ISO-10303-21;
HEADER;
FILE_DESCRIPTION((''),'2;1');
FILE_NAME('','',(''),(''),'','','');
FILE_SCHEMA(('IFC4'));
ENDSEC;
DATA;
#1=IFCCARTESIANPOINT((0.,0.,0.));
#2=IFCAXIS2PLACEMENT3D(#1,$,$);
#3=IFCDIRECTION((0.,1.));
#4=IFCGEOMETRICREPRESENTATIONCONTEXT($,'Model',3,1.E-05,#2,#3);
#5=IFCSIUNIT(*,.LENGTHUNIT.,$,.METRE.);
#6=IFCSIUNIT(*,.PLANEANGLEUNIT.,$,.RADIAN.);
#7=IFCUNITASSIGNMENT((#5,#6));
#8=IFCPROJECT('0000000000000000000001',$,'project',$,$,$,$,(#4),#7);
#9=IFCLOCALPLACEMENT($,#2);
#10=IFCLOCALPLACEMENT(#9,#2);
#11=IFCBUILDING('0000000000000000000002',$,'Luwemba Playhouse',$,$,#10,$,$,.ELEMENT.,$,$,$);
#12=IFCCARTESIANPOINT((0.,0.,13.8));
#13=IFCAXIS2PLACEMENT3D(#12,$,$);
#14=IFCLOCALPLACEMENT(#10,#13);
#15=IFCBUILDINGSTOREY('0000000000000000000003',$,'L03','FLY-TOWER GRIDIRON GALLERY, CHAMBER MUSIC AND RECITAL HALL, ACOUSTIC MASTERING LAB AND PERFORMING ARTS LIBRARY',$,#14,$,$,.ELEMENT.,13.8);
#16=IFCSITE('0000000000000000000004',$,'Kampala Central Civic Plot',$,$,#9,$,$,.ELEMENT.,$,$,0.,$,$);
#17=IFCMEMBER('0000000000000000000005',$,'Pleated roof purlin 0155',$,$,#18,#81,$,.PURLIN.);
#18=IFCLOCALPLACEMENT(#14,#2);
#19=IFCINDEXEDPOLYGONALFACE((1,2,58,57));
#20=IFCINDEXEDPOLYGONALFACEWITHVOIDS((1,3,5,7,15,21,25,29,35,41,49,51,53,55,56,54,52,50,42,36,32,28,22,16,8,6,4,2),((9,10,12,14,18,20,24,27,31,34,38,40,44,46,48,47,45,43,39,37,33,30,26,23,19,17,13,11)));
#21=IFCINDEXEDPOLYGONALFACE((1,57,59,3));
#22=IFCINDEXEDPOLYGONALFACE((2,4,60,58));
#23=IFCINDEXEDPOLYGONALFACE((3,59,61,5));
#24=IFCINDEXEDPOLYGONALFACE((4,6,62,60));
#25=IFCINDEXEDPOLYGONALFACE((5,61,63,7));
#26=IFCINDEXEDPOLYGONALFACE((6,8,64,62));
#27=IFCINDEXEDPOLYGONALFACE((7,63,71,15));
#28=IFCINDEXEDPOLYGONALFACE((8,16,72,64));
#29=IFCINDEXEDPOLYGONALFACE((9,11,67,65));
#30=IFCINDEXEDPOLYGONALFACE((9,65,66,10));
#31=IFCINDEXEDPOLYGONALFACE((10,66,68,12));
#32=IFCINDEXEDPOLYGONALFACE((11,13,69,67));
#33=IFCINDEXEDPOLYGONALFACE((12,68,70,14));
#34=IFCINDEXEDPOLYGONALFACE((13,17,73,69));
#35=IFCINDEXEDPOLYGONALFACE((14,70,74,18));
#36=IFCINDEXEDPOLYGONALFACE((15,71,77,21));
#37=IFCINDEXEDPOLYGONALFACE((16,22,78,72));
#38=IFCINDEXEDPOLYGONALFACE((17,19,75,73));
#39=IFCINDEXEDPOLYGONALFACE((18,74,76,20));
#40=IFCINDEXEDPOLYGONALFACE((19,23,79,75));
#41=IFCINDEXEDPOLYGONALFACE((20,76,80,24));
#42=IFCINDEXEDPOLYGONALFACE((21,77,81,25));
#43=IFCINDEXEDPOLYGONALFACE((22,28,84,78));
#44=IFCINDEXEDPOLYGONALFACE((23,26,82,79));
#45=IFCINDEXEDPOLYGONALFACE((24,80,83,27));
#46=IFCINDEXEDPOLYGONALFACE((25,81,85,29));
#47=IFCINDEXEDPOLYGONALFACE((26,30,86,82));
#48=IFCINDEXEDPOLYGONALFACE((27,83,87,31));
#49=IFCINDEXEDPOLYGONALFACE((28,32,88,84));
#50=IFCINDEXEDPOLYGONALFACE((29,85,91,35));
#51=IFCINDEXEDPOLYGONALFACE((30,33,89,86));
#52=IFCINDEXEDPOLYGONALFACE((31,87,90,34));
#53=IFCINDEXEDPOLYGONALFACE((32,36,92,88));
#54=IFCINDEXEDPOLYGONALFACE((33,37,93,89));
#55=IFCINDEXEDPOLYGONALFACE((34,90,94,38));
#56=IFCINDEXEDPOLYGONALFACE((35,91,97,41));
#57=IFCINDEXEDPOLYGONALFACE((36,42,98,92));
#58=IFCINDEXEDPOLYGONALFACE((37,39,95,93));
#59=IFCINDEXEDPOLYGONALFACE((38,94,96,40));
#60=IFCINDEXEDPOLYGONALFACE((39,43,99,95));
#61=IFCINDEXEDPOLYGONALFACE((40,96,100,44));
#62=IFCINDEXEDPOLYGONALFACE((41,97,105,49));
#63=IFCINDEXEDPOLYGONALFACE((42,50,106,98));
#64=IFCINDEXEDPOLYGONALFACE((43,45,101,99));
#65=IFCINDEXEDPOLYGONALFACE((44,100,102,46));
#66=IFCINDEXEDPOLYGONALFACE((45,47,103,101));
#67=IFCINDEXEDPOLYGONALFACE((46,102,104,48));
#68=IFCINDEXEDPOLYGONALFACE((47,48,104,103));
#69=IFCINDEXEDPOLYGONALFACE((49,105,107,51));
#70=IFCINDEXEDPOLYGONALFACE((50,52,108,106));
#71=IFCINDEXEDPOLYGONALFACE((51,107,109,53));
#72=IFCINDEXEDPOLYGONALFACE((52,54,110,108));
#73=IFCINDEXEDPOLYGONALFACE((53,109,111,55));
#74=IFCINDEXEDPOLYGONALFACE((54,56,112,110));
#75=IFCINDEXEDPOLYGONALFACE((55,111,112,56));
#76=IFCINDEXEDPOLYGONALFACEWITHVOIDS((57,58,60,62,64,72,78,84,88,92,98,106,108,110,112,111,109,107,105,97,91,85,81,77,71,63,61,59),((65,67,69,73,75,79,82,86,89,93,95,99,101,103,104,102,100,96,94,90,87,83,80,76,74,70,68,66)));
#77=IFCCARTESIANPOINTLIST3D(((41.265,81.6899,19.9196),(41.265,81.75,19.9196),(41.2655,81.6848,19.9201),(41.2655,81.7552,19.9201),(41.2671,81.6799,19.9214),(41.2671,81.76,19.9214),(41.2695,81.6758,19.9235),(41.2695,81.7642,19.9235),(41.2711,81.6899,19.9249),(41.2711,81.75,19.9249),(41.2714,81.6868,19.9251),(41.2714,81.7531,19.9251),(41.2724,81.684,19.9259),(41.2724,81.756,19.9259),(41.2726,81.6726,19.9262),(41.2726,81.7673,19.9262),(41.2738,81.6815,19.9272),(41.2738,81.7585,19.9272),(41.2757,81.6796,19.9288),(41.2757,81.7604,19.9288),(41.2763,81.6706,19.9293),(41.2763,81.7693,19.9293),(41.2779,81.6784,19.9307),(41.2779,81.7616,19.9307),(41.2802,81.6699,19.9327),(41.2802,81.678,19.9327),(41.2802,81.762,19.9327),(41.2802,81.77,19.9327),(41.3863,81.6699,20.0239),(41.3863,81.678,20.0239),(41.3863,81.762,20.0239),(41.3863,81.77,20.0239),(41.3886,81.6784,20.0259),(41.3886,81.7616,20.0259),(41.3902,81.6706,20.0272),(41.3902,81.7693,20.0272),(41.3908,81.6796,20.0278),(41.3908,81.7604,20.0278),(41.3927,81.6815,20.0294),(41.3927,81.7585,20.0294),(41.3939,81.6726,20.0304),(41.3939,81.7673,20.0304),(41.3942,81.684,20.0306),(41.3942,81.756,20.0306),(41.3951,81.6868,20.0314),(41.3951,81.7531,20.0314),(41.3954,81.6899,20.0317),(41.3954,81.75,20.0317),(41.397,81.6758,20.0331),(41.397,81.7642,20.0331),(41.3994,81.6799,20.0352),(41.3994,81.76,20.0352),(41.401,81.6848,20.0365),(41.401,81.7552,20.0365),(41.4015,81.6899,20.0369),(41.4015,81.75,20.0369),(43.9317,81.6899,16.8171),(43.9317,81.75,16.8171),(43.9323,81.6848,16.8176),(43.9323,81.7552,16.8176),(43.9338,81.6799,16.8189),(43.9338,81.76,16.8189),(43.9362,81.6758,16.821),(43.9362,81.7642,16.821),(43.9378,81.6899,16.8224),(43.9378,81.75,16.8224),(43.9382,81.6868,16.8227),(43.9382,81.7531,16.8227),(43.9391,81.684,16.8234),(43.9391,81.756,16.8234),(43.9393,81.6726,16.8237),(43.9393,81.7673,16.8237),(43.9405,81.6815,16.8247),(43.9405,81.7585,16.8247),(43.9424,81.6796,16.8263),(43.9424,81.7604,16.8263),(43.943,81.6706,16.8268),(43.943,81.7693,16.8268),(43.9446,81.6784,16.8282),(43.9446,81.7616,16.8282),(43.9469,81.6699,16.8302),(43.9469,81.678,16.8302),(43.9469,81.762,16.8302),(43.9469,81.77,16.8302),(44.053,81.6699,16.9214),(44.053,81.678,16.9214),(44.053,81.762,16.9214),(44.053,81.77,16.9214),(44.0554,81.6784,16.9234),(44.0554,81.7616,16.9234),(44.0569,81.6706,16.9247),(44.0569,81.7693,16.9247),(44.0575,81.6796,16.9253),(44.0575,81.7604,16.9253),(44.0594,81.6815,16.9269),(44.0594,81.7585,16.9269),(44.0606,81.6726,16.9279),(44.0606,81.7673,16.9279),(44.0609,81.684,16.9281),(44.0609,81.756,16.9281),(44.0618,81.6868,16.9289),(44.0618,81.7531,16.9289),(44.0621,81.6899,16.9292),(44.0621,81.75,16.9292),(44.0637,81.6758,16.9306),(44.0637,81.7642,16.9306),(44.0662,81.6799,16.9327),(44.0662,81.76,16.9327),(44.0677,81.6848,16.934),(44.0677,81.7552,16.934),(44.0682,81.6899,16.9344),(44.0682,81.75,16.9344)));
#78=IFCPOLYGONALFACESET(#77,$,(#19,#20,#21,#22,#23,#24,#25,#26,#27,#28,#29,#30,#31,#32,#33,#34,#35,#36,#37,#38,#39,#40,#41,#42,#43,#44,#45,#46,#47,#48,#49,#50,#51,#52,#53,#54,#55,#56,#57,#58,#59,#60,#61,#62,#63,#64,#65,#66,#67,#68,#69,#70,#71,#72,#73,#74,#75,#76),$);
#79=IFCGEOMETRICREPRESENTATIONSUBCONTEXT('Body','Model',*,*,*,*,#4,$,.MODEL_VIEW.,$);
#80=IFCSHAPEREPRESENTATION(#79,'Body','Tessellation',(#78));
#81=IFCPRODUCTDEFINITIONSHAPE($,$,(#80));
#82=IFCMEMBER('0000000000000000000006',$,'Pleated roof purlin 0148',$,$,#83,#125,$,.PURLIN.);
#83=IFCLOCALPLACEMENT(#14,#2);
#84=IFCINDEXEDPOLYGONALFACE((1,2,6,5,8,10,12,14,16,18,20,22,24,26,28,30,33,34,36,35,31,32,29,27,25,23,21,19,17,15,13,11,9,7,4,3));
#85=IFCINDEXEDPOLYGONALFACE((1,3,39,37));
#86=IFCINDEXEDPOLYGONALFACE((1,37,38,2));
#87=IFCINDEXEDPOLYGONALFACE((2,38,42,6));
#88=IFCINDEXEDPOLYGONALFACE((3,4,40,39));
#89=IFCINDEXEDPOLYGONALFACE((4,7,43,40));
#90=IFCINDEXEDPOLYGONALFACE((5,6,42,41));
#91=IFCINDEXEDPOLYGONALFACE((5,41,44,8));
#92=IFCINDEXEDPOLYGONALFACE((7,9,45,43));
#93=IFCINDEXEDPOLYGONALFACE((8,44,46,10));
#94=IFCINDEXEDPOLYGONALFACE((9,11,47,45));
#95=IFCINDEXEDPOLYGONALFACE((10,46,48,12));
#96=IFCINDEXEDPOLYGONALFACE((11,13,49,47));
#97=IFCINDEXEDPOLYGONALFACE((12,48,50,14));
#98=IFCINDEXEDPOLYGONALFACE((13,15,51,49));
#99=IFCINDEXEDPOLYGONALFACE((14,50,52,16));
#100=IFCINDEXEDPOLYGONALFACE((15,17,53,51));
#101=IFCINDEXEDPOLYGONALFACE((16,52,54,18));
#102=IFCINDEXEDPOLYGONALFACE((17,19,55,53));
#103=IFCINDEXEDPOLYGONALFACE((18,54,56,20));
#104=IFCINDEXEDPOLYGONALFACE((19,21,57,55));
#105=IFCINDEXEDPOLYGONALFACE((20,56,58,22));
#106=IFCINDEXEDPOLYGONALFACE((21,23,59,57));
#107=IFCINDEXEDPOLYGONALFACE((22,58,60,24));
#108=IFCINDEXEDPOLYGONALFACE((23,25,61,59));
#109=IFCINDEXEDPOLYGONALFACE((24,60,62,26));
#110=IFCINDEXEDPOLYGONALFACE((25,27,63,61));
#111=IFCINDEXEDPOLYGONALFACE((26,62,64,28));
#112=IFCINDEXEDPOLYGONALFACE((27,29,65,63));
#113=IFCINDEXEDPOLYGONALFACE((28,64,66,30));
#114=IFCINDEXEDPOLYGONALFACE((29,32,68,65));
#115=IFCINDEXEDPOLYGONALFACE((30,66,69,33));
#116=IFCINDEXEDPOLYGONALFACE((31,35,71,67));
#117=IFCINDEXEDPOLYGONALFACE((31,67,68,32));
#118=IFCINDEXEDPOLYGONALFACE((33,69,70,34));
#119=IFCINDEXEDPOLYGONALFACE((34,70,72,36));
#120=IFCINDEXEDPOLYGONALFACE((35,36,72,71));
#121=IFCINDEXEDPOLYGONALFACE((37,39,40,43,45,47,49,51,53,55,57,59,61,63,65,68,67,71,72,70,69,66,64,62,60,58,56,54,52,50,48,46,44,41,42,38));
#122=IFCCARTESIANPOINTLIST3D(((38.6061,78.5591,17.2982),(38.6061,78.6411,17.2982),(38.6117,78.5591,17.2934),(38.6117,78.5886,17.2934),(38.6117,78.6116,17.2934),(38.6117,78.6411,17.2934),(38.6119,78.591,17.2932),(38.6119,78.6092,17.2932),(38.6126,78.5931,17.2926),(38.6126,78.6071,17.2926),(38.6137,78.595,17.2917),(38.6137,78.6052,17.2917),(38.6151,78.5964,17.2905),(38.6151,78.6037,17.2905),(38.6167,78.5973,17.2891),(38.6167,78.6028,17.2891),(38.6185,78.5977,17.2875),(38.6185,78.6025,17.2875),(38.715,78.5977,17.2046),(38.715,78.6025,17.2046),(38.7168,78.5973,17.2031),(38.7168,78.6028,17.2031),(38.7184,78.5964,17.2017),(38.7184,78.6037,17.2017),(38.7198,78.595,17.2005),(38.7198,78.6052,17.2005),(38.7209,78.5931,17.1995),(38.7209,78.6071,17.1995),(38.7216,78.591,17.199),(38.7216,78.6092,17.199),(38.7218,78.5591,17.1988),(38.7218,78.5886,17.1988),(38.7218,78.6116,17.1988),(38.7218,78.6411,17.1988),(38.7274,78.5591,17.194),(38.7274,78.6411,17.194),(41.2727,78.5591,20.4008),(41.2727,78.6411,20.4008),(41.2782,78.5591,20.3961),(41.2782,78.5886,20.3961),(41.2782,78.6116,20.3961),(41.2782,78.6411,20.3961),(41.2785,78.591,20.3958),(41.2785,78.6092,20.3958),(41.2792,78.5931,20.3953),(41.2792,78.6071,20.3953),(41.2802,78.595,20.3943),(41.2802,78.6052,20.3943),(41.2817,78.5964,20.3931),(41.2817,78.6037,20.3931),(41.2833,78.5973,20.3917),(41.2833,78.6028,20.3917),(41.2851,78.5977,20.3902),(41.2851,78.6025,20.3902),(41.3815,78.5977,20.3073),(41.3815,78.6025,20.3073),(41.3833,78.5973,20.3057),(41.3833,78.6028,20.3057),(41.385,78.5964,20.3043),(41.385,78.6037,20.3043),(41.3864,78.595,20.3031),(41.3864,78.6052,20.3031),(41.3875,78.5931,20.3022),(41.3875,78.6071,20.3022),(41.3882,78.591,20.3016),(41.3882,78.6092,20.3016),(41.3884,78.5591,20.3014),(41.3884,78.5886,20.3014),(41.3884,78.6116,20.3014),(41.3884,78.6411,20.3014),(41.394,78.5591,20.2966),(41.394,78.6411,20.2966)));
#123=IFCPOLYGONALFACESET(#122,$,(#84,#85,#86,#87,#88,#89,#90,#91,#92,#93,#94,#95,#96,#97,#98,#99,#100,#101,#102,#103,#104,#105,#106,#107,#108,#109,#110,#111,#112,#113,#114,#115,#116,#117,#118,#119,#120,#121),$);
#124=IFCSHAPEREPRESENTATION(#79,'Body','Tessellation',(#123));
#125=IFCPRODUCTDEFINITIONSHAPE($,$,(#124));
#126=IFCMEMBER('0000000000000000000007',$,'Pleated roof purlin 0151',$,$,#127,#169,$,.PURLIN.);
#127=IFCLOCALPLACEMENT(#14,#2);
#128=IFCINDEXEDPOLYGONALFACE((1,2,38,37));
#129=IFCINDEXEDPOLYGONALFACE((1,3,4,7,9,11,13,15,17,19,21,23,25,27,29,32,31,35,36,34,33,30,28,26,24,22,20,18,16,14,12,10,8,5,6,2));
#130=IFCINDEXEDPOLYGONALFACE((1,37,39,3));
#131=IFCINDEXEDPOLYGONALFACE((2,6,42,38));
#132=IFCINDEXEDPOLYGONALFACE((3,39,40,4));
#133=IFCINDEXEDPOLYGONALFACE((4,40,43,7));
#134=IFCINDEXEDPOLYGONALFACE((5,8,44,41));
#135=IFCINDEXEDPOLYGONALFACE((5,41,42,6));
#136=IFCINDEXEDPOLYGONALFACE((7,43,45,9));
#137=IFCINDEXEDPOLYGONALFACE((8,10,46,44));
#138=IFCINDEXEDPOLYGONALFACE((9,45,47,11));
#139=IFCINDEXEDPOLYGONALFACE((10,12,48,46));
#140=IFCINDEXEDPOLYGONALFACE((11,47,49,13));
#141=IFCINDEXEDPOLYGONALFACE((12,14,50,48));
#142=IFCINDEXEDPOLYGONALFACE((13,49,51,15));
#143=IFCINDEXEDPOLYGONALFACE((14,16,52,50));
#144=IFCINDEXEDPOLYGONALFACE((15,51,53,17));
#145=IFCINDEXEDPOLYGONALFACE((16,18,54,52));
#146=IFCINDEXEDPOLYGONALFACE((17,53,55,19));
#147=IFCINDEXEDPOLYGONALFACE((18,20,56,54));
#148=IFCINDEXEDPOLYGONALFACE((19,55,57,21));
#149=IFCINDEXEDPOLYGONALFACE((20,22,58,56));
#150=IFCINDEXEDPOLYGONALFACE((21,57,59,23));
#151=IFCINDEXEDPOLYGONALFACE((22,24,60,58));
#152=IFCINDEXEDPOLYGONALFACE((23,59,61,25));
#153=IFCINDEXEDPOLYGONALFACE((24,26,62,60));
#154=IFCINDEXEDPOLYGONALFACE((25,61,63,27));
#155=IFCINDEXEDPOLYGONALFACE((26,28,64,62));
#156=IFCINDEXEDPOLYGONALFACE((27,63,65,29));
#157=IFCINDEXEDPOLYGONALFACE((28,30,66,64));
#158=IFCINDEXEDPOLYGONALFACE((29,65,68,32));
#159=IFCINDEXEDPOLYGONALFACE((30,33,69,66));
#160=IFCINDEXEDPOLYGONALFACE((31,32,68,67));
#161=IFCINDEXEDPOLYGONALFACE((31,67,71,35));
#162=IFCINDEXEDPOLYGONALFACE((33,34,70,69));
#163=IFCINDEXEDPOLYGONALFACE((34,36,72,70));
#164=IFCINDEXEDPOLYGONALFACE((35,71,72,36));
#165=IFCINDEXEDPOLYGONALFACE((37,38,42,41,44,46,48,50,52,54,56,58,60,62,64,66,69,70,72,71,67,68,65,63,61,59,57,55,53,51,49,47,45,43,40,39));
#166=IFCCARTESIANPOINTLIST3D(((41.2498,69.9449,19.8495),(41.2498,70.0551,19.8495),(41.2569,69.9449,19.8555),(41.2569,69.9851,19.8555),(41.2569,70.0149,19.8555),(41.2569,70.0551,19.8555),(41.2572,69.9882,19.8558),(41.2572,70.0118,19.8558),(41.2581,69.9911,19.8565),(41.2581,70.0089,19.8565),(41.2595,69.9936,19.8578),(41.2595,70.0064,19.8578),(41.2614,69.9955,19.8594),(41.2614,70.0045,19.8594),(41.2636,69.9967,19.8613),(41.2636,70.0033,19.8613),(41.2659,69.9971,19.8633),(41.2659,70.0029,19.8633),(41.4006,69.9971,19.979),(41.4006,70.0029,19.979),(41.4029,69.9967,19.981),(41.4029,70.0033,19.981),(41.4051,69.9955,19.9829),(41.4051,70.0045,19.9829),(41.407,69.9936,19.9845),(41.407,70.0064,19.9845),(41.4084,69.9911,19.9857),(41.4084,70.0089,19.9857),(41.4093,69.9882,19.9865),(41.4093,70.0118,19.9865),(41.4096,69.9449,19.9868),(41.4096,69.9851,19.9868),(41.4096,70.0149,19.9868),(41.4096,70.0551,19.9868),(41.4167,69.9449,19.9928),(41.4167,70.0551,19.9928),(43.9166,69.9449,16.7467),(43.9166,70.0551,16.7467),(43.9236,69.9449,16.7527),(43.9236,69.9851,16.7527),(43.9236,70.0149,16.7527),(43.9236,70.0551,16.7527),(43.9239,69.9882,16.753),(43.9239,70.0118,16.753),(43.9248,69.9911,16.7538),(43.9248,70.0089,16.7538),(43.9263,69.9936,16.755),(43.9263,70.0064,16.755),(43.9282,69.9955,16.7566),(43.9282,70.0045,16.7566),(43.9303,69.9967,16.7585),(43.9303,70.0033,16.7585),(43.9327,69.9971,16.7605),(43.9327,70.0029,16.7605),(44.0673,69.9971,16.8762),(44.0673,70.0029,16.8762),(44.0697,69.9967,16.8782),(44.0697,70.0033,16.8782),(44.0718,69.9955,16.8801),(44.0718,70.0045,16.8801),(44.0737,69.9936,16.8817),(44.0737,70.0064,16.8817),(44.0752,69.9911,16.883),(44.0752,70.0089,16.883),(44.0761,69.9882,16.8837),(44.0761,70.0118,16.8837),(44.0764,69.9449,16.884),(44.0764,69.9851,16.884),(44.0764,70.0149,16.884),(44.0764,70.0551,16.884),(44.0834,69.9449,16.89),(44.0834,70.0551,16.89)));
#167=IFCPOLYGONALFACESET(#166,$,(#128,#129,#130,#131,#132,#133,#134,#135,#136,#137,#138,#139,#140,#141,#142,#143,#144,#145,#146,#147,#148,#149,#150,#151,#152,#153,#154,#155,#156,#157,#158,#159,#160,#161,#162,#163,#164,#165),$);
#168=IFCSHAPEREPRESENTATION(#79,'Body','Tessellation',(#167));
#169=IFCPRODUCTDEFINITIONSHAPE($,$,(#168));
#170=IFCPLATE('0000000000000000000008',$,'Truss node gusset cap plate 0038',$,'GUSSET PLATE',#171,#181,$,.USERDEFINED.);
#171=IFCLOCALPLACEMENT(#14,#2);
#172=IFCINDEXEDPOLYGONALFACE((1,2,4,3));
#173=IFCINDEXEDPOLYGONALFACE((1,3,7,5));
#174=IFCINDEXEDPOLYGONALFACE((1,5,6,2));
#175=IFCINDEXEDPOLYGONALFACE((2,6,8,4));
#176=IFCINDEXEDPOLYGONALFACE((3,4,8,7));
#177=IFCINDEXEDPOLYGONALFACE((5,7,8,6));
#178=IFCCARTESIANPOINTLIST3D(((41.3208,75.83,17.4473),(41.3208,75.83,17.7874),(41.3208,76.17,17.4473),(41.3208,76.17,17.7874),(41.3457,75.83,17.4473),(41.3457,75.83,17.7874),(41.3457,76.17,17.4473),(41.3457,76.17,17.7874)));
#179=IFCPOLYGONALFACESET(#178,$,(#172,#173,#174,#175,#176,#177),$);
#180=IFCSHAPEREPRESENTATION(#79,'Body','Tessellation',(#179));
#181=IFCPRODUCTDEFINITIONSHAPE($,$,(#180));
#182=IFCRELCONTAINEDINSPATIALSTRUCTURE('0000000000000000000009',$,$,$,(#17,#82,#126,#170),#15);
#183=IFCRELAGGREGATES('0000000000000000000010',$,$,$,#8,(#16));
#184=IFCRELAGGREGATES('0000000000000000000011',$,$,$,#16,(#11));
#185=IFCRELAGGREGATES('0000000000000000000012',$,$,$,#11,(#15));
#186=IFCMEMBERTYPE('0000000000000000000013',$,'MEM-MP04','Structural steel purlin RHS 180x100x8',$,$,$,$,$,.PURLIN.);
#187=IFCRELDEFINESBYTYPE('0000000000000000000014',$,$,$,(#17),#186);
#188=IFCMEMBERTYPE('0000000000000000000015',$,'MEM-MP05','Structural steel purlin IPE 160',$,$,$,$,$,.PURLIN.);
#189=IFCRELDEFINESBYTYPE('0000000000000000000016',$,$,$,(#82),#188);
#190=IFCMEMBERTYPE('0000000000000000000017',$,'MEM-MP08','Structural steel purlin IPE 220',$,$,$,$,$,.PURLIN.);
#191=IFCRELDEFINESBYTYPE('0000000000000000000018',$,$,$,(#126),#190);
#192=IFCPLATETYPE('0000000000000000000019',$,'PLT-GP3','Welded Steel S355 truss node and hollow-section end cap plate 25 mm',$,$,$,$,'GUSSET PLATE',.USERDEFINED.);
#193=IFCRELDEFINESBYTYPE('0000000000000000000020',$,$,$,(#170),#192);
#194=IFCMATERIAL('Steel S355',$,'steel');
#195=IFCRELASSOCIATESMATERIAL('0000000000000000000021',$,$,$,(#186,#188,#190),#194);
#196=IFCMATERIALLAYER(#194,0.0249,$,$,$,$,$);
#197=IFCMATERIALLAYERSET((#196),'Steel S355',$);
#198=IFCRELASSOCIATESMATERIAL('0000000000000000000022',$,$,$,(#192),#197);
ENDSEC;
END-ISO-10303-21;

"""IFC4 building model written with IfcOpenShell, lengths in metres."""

from ifc_helpers import new_model, si_unit, direction, frame, origin, origin_2d, place, context, subcontext, project, spatial, rectangle, hollow_rectangle, i_section, extrude, material, layer, layer_set, material_profile, profile_set, type_object, element, save


model = new_model("IFC4")

# Units and contexts
model_context = context("Model", 3, precision=1e-05, world=origin(), true_north=direction((0.0, 1.0)))
body_context = subcontext(model_context, "Body", "Model", "MODEL_VIEW")
ifc_project = project(units=[si_unit("LENGTHUNIT", "METRE"), si_unit("PLANEANGLEUNIT", "RADIAN")], contexts=[model_context])

# Site, building, storey
site_placement = place(None, origin())
site = spatial("IfcSite", under=ifc_project, at=site_placement, Name="Kampala Central Civic Plot", CompositionType="ELEMENT", RefElevation=0.0)
building_placement = place(site_placement, origin())
building = spatial("IfcBuilding", under=site, at=building_placement, Name="Luwemba Playhouse", CompositionType="ELEMENT")
storey_placement = place(building_placement, frame((0.0, 0.0, 13.8)))
storey = spatial("IfcBuildingStorey", under=building, at=storey_placement, Name="L03", Description="FLY-TOWER GRIDIRON GALLERY, CHAMBER MUSIC AND RECITAL HALL, ACOUSTIC MASTERING LAB AND PERFORMING ARTS LIBRARY", CompositionType="ELEMENT", Elevation=13.8)

# Shared definitions
ifc_material_1 = material(Name="Steel S355", Category="steel")

# Members
ifc_material_profile_1 = material_profile(ifc_material_1, hollow_rectangle(XDim=0.1001, YDim=0.1799, WallThickness=0.0081, InnerFilletRadius=0.012, OuterFilletRadius=0.02, at=origin_2d()))
ifc_profile_set_1 = profile_set([ifc_material_profile_1], Name="Steel S355")
member_type_1 = type_object("IfcMemberType", Name="MEM-MP04", Description="Structural steel purlin RHS 180x100x8", PredefinedType="PURLIN", material=ifc_profile_set_1)
for number, where, z_axis, x_axis, name in (
    (1, (41.3333, 81.72, 19.9783), (0.651838, 0.0, -0.758359), (0.0, 1.0, 0.0), "Pleated roof purlin 0155"),
):
    element("IfcMember", number, at=place(storey_placement, frame(where, z_axis=z_axis, x_axis=x_axis)), inside=storey, type_object=member_type_1, Name=name, PredefinedType="PURLIN", context=body_context, shape_type="SweptSolid", body=[
        extrude(hollow_rectangle(XDim=0.1001, YDim=0.1799, WallThickness=0.0081, InnerFilletRadius=0.012, OuterFilletRadius=0.02, at=origin_2d()), origin(), (0.0, 0.0, 1.0), 4.0911),
    ])
ifc_material_profile_2 = material_profile(ifc_material_1, i_section(OverallWidth=0.082, OverallDepth=0.1599, WebThickness=0.0049, FlangeThickness=0.0073, FilletRadius=0.009, at=origin_2d()))
ifc_profile_set_2 = profile_set([ifc_material_profile_2], Name="Steel S355")
member_type_2 = type_object("IfcMemberType", Name="MEM-MP05", Description="Structural steel purlin IPE 160", PredefinedType="PURLIN", material=ifc_profile_set_2)
member_1_placement = place(storey_placement, frame((38.6667, 78.6001, 17.2461), z_axis=(0.651803, 0.0, 0.758388), x_axis=(0.0, 1.0, 0.0)))
element("IfcMember", 2, at=member_1_placement, inside=storey, type_object=member_type_2, Name="Pleated roof purlin 0148", PredefinedType="PURLIN", context=body_context, shape_type="SweptSolid", body=[
    extrude(i_section(OverallWidth=0.082, OverallDepth=0.1599, WebThickness=0.0049, FlangeThickness=0.0073, FilletRadius=0.009, at=origin_2d()), origin(), (0.0, 0.0, 1.0), 4.0911),
])
ifc_material_profile_3 = material_profile(ifc_material_1, i_section(OverallWidth=0.1101, OverallDepth=0.22, WebThickness=0.0059, FlangeThickness=0.0093, FilletRadius=0.012, at=origin_2d()))
ifc_profile_set_3 = profile_set([ifc_material_profile_3], Name="Steel S355")
member_type_3 = type_object("IfcMemberType", Name="MEM-MP08", Description="Structural steel purlin IPE 220", PredefinedType="PURLIN", material=ifc_profile_set_3)
member_2_placement = place(storey_placement, frame((41.3333, 70.0, 19.9211), z_axis=(0.651808, 0.0, -0.758384), x_axis=(0.0, 1.0, 0.0)))
element("IfcMember", 3, at=member_2_placement, inside=storey, type_object=member_type_3, Name="Pleated roof purlin 0151", PredefinedType="PURLIN", context=body_context, shape_type="SweptSolid", body=[
    extrude(i_section(OverallWidth=0.1101, OverallDepth=0.22, WebThickness=0.0059, FlangeThickness=0.0093, FilletRadius=0.012, at=origin_2d()), origin(), (0.0, 0.0, 1.0), 4.0913),
])

# Plate
ifc_layer_1 = layer(ifc_material_1, 0.0249)
ifc_layer_set_1 = layer_set([ifc_layer_1], Name="Steel S355")
plate_type = type_object("IfcPlateType", Name="PLT-GP3", Description="Welded Steel S355 truss node and hollow-section end cap plate 25 mm", ElementType="GUSSET PLATE", PredefinedType="USERDEFINED", material=ifc_layer_set_1)
plate_placement = place(storey_placement, frame((41.3333, 76.0, 17.4473), z_axis=(0.0, 0.0, 1.0), x_axis=(1.0, 0.0, 0.0)))
element("IfcPlate", 4, at=plate_placement, inside=storey, type_object=plate_type, Name="Truss node gusset cap plate 0038", ObjectType="GUSSET PLATE", PredefinedType="USERDEFINED", context=body_context, shape_type="SweptSolid", body=[
    extrude(rectangle(XDim=0.0249, YDim=0.3401, at=origin_2d()), origin(), (0.0, 0.0, 1.0), 0.3401),
])

save(model, "model.ifc")
